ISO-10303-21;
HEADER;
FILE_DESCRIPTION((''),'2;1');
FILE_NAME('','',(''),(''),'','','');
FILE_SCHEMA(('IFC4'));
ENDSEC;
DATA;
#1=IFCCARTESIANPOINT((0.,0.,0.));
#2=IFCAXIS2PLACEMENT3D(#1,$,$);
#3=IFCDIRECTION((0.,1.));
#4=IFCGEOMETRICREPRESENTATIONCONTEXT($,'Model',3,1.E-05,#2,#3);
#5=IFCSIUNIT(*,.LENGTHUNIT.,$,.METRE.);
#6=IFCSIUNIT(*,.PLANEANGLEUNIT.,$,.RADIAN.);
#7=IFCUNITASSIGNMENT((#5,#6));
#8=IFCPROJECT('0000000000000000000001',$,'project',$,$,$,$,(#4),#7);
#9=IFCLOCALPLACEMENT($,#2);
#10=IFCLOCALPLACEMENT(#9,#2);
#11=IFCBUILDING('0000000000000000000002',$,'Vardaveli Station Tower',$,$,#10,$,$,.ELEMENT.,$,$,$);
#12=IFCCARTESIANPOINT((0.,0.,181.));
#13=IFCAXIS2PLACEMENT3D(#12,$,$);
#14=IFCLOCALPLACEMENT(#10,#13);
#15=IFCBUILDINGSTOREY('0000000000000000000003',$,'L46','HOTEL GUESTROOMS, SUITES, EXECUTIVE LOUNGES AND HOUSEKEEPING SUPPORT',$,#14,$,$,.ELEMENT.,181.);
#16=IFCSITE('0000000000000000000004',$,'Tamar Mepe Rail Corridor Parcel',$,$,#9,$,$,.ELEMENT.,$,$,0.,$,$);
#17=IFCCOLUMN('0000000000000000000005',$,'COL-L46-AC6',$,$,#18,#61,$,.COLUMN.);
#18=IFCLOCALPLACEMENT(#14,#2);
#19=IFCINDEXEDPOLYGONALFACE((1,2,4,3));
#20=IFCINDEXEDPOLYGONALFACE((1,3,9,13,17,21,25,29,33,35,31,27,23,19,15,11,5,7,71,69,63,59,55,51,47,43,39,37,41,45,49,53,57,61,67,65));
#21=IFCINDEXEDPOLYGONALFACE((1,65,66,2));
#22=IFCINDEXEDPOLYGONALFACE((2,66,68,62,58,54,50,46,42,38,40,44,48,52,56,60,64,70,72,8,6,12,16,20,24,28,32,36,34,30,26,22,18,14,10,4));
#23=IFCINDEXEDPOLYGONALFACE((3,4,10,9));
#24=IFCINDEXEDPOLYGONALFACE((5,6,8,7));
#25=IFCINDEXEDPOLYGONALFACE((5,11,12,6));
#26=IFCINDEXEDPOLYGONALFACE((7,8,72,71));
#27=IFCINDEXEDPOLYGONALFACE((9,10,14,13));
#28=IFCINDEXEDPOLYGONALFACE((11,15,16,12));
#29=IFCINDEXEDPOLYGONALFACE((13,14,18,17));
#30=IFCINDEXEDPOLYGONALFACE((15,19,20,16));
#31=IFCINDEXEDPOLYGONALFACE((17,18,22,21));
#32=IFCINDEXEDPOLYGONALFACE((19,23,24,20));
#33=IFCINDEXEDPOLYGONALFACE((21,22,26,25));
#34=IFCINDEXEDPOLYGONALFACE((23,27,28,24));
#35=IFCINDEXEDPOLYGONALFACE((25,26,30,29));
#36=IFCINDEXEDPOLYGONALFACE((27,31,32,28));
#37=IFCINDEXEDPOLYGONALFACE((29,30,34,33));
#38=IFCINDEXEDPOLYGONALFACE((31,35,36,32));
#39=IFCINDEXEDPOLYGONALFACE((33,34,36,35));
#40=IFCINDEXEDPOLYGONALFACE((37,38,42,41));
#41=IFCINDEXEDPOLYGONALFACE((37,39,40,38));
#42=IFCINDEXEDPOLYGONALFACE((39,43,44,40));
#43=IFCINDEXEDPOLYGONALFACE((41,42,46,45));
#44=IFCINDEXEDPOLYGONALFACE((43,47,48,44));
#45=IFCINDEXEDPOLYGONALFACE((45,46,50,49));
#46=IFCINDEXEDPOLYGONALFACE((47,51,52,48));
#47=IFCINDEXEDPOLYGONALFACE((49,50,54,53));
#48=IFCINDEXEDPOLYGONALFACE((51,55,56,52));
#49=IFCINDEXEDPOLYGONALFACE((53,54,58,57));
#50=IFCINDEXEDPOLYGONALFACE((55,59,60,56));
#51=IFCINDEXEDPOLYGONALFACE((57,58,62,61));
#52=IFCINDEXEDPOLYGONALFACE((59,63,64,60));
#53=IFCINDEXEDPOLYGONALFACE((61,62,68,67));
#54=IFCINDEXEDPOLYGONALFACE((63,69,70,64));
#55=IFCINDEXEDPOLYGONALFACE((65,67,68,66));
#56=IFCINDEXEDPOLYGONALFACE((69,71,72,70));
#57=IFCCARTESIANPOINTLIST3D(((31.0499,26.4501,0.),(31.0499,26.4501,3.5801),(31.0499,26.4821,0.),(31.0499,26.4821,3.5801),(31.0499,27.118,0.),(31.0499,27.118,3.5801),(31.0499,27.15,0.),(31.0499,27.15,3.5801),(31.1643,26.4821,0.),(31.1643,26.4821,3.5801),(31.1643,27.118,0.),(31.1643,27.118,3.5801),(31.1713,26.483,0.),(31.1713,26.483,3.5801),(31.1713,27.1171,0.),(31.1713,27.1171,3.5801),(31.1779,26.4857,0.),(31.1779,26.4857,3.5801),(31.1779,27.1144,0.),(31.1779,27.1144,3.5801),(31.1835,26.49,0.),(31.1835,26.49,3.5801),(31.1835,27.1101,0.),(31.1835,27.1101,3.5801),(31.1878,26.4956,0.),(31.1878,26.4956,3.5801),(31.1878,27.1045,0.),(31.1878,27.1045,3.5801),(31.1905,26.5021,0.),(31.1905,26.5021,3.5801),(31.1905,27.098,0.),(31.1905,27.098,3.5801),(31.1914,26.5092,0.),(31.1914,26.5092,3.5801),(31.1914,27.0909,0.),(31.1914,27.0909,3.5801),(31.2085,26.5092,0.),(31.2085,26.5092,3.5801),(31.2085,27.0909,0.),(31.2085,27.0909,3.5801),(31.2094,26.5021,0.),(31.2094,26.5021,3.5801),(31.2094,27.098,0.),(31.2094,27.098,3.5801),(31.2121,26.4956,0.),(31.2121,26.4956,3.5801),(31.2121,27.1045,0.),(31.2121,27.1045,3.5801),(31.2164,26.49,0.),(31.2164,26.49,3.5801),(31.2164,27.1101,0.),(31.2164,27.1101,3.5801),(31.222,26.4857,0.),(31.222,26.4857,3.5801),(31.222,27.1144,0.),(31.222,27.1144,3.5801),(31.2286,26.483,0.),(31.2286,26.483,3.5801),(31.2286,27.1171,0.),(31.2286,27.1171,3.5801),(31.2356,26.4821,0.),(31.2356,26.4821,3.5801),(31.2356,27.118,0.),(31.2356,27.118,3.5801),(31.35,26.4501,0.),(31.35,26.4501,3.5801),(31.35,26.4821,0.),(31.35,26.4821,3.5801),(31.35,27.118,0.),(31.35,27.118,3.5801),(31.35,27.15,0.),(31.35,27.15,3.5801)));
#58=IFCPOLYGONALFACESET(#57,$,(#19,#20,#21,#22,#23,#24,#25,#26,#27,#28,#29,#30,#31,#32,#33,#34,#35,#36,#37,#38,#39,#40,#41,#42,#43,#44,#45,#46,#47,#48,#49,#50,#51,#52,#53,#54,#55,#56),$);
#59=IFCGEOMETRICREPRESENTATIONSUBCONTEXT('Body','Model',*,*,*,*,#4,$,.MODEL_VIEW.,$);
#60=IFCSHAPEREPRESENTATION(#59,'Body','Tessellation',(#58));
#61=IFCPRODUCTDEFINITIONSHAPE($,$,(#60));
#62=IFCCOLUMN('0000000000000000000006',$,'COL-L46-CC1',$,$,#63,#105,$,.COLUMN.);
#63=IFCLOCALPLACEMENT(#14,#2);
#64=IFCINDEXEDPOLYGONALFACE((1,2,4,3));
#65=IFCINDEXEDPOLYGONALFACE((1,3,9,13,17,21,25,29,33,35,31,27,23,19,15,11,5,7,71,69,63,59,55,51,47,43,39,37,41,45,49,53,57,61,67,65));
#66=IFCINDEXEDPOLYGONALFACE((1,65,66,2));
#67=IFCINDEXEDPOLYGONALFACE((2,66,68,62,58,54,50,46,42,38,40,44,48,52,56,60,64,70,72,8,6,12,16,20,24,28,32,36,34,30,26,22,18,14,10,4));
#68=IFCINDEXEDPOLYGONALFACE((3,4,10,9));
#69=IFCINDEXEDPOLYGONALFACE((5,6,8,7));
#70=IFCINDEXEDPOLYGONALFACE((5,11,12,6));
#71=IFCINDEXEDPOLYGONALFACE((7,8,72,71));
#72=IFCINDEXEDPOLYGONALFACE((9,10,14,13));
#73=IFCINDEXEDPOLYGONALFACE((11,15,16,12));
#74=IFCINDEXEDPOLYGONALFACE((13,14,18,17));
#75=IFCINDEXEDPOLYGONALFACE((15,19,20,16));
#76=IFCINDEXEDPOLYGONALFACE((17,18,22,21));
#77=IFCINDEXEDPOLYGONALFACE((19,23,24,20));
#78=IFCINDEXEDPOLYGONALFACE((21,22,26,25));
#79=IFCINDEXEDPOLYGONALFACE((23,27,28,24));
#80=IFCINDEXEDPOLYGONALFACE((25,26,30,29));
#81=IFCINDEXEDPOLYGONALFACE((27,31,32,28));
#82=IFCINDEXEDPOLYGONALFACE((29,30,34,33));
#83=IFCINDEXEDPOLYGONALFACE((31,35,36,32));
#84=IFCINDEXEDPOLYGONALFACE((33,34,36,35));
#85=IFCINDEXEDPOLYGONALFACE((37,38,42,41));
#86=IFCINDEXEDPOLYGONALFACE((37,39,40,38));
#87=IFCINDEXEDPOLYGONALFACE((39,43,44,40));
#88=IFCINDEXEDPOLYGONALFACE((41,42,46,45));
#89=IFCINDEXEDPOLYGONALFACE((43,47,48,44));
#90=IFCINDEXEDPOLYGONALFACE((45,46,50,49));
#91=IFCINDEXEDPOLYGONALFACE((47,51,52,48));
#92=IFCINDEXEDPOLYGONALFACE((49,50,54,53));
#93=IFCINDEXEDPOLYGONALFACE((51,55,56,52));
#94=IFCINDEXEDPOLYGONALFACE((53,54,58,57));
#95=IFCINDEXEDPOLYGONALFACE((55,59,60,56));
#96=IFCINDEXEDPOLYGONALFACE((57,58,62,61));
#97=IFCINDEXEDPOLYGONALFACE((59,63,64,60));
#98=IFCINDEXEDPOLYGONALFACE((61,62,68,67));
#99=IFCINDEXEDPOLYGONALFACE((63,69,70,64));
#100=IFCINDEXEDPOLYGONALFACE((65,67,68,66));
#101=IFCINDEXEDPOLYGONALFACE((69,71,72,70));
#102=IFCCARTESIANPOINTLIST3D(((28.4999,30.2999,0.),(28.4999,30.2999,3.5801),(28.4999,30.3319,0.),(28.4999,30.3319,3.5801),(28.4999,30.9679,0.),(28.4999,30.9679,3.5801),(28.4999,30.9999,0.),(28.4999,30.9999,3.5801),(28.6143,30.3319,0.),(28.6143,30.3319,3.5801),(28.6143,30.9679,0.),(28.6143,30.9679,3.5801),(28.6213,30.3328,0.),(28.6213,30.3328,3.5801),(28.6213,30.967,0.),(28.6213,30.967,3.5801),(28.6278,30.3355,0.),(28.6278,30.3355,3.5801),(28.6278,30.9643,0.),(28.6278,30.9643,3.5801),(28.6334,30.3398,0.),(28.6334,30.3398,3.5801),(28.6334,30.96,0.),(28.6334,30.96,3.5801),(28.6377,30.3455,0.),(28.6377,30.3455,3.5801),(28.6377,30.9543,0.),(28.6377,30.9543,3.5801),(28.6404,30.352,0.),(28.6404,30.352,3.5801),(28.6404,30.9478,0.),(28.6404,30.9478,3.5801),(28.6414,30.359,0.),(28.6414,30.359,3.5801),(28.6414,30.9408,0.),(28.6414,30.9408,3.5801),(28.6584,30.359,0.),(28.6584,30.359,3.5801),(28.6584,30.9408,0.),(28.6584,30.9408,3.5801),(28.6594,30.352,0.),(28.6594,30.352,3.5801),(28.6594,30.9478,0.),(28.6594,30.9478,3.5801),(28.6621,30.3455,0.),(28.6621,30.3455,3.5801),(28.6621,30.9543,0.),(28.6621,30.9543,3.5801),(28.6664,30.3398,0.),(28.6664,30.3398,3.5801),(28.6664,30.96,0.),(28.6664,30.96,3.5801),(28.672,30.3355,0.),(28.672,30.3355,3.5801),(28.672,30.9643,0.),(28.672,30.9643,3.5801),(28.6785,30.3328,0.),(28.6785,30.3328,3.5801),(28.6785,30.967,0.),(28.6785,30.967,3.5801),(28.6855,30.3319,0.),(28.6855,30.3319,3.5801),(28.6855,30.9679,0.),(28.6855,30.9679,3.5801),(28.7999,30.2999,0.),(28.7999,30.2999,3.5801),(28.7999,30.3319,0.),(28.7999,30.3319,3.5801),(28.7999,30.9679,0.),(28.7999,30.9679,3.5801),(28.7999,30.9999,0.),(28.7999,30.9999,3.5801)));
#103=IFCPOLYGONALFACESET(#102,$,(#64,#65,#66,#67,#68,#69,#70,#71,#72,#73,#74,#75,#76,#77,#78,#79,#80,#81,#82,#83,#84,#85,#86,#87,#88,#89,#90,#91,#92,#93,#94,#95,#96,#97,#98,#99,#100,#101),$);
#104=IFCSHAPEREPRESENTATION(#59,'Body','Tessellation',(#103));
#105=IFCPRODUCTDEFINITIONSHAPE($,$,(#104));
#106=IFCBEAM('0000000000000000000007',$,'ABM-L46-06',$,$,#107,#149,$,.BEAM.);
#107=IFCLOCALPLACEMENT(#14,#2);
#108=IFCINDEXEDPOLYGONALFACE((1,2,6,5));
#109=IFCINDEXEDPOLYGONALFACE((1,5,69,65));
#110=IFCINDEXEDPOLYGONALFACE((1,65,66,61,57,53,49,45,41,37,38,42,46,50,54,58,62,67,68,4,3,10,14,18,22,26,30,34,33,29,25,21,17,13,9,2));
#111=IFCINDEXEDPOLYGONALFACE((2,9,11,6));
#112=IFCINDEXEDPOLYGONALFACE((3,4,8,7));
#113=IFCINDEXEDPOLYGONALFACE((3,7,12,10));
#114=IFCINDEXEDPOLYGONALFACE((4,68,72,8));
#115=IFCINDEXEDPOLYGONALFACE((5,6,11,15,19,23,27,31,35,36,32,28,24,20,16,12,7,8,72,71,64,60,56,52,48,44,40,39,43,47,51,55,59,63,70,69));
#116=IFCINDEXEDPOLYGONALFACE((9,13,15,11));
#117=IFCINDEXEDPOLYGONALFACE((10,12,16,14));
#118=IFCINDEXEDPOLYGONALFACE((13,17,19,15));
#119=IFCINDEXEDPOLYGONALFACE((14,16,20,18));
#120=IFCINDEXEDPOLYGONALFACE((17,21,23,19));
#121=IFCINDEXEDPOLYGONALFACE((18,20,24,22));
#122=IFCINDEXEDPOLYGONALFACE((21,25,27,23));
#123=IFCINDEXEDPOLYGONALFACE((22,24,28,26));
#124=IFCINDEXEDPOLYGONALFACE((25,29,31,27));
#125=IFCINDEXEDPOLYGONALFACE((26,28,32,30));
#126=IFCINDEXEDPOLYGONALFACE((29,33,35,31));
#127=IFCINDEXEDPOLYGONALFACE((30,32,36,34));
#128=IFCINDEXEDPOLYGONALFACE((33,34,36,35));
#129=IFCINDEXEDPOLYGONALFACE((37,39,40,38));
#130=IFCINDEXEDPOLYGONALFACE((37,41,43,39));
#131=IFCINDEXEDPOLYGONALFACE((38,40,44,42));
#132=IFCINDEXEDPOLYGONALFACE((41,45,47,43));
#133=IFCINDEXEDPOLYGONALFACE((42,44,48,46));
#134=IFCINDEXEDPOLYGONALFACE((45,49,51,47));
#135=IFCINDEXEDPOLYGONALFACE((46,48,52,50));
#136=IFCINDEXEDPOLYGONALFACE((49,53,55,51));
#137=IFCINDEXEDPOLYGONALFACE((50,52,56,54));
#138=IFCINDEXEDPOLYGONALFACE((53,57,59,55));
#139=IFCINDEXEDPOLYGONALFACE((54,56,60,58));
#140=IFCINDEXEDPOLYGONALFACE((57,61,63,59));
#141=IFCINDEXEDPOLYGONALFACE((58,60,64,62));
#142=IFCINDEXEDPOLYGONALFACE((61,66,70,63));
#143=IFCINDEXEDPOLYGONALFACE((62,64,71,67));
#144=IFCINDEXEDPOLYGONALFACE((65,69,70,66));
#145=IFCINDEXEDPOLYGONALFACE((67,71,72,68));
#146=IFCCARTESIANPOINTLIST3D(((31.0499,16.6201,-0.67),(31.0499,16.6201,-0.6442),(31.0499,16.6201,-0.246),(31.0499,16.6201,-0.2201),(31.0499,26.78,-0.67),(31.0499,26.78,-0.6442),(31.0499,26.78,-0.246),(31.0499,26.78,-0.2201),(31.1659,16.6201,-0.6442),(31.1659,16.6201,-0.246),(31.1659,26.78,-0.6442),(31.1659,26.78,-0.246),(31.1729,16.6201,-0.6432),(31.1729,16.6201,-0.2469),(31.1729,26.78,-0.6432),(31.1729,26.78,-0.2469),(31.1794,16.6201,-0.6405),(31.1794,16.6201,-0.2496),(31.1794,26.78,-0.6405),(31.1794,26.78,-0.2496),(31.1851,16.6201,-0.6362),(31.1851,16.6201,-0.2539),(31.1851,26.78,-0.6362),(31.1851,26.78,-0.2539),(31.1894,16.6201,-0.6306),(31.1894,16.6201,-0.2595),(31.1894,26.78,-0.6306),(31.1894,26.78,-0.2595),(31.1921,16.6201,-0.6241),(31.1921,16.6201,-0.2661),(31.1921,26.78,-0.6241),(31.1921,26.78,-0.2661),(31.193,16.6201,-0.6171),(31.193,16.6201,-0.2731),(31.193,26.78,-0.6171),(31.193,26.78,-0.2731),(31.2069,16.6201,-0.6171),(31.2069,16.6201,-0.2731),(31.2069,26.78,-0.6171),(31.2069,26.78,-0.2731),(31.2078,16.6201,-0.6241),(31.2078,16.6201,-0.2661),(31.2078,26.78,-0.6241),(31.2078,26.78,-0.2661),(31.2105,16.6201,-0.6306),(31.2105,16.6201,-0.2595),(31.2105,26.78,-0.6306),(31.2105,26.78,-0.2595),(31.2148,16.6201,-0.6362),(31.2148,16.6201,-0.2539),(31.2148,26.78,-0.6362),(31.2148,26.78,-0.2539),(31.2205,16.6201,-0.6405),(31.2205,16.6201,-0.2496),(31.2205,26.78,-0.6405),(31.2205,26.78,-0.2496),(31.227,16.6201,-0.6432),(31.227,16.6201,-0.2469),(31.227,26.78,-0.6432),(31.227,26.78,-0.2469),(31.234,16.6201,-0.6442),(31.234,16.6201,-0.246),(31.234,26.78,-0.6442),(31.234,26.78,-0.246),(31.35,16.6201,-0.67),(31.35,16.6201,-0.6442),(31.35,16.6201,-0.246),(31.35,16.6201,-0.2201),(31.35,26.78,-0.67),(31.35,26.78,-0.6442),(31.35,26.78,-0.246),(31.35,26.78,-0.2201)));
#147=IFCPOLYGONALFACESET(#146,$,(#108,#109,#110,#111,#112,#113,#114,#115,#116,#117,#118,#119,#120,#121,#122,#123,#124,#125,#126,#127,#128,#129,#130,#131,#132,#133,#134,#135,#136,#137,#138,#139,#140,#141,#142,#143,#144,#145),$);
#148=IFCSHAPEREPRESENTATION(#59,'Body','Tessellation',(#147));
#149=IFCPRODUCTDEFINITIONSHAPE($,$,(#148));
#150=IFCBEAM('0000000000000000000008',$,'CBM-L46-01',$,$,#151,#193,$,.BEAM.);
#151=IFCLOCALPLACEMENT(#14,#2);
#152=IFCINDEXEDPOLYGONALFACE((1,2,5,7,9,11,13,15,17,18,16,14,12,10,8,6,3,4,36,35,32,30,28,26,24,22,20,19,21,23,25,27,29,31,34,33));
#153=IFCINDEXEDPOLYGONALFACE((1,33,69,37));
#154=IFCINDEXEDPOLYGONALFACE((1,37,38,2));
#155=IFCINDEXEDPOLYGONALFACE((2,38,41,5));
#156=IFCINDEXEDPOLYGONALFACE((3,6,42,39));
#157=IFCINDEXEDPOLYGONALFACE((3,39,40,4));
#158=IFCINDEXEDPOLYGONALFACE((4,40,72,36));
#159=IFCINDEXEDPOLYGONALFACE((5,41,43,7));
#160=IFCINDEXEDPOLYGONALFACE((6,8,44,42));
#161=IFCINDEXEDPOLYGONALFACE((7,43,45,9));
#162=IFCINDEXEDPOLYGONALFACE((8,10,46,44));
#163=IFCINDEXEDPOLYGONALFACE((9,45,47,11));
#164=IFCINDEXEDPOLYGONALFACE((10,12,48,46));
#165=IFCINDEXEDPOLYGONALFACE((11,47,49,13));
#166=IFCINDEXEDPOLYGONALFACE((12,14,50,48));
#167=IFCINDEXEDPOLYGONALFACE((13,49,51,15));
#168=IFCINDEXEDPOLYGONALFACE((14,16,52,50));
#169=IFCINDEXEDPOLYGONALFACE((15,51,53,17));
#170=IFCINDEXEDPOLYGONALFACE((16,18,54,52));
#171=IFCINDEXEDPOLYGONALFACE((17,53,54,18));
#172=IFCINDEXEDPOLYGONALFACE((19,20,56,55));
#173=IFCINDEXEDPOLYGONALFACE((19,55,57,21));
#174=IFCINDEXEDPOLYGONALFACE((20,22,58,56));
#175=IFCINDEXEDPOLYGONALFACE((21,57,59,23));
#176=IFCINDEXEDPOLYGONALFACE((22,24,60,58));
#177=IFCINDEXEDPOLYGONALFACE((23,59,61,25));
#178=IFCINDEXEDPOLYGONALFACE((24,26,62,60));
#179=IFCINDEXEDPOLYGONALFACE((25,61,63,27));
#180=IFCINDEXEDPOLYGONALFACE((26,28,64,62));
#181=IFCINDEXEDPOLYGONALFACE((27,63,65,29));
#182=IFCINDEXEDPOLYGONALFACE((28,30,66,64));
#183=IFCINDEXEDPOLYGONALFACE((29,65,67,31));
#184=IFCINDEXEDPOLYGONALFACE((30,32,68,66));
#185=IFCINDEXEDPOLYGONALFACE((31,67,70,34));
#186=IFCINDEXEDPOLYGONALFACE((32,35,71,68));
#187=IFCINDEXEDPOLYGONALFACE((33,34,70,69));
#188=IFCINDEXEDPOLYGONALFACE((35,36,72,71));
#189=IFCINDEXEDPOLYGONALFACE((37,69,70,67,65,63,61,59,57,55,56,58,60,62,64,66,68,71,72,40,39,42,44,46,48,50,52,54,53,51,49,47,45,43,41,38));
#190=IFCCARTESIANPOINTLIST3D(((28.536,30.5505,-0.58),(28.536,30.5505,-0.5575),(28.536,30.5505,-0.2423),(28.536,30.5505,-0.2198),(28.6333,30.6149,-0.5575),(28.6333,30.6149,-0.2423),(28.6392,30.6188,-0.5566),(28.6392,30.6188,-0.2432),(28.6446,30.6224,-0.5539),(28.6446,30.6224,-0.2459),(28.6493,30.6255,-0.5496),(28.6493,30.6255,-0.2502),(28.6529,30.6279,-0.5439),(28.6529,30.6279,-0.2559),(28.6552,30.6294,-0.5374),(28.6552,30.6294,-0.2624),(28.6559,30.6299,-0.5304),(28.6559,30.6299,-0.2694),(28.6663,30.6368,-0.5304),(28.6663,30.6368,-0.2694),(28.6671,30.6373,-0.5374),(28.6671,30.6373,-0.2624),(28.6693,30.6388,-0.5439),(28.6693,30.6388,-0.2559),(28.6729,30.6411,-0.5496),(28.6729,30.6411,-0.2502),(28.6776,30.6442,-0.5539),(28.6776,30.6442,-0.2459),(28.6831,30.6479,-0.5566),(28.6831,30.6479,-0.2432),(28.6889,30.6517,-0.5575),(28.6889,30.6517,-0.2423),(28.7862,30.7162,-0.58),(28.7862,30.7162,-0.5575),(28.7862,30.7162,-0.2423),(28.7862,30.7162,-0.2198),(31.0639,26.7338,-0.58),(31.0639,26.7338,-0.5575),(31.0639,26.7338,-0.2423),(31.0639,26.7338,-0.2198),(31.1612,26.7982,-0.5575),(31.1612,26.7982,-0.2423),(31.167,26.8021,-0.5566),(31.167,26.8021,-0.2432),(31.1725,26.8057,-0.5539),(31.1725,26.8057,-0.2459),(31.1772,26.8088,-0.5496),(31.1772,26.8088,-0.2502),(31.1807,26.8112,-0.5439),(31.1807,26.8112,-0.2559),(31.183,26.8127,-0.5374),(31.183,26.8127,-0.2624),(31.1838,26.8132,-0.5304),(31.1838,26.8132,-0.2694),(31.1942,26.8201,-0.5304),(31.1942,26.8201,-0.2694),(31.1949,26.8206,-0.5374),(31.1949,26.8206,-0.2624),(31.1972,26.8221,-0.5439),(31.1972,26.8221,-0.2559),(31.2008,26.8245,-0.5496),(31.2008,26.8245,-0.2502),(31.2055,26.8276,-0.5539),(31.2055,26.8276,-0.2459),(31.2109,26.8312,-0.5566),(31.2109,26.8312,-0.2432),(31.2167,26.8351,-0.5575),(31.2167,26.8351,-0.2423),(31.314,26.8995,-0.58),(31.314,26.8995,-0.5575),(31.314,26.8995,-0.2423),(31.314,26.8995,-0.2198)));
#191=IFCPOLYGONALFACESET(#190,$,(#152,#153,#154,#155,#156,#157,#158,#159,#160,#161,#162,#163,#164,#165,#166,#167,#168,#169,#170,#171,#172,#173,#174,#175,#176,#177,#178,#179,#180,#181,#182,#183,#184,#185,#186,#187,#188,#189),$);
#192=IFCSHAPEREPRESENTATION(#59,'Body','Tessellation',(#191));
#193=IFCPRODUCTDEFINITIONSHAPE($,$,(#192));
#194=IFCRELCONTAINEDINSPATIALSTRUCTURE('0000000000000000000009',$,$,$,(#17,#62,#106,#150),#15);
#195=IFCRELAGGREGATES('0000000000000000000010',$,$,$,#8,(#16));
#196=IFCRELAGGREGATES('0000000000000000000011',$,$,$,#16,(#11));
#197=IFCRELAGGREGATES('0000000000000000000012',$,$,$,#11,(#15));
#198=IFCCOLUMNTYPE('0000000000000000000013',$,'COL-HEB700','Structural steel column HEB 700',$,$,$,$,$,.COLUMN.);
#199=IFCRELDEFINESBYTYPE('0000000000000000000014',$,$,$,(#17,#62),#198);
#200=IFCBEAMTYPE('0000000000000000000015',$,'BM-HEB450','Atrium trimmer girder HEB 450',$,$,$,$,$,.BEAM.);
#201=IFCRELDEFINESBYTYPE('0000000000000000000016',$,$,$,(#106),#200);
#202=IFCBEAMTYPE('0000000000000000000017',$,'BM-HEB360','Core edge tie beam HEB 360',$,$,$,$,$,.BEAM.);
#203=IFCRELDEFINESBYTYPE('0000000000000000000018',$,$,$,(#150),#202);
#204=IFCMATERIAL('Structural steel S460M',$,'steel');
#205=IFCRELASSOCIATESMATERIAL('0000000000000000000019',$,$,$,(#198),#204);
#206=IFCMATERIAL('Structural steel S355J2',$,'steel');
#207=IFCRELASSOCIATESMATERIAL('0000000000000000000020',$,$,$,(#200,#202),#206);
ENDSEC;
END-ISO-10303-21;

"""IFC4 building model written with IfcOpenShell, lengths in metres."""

from ifc_helpers import new_model, si_unit, direction, frame, origin, origin_2d, place, context, subcontext, project, spatial, i_section, extrude, source, transform, mapped, material, material_profile, profile_set, type_object, element, save


model = new_model("IFC4")

# Units and contexts
model_context = context("Model", 3, precision=1e-05, world=origin(), true_north=direction((0.0, 1.0)))
body_context = subcontext(model_context, "Body", "Model", "MODEL_VIEW")
ifc_project = project(units=[si_unit("LENGTHUNIT", "METRE"), si_unit("PLANEANGLEUNIT", "RADIAN")], contexts=[model_context])

# Site, building, storey
site_placement = place(None, origin())
site = spatial("IfcSite", under=ifc_project, at=site_placement, Name="Tamar Mepe Rail Corridor Parcel", CompositionType="ELEMENT", RefElevation=0.0)
building_placement = place(site_placement, origin())
building = spatial("IfcBuilding", under=site, at=building_placement, Name="Vardaveli Station Tower", CompositionType="ELEMENT")
storey_placement = place(building_placement, frame((0.0, 0.0, 181.0)))
storey = spatial("IfcBuildingStorey", under=building, at=storey_placement, Name="L46", Description="HOTEL GUESTROOMS, SUITES, EXECUTIVE LOUNGES AND HOUSEKEEPING SUPPORT", CompositionType="ELEMENT", Elevation=181.0)

# Columns
ifc_material_1 = material(Name="Structural steel S460M", Category="steel")
ifc_material_profile_1 = material_profile(ifc_material_1, i_section(OverallWidth=0.3, OverallDepth=0.7, WebThickness=0.0171, FlangeThickness=0.032, FilletRadius=0.0271, at=origin_2d()), Name="HEB 700")
ifc_profile_set_1 = profile_set([ifc_material_profile_1], Name="Structural steel S460M")
column_type = type_object("IfcColumnType", Name="COL-HEB700", Description="Structural steel column HEB 700", PredefinedType="COLUMN", material=ifc_profile_set_1)
shared_shape_1 = source(origin(), body_context, "Body", "SweptSolid", [
    extrude(i_section(OverallWidth=0.3, OverallDepth=0.7, WebThickness=0.0171, FlangeThickness=0.032, FilletRadius=0.0271, at=origin_2d()), origin(), (0.0, 0.0, 1.0), 3.5801),
])
for number, where, z_axis, x_axis, name in (
    (1, (31.2, 26.8, 0.0), (0.0, 0.0, 1.0), (1.0, 0.0, 0.0), "COL-L46-AC6"),
    (2, (28.6499, 30.6499, 0.0), (0.0, 0.0, 1.0), (1.0, 0.0, 0.0), "COL-L46-CC1"),
):
    element("IfcColumn", number, at=place(storey_placement, frame(where, z_axis=z_axis, x_axis=x_axis)), inside=storey, type_object=column_type, Name=name, PredefinedType="COLUMN", context=body_context, shape_type="MappedRepresentation", body=[
        mapped(shared_shape_1, transform((0.0, 0.0, 0.0), scale=1.0)),
    ])

# Beams
ifc_material_2 = material(Name="Structural steel S355J2", Category="steel")
ifc_material_profile_2 = material_profile(ifc_material_2, i_section(OverallWidth=0.3, OverallDepth=0.45, WebThickness=0.0139, FlangeThickness=0.0259, FilletRadius=0.0271, at=origin_2d()), Name="HEB 450")
ifc_profile_set_2 = profile_set([ifc_material_profile_2], Name="Structural steel S355J2")
beam_type_1 = type_object("IfcBeamType", Name="BM-HEB450", Description="Atrium trimmer girder HEB 450", PredefinedType="BEAM", material=ifc_profile_set_2)
shared_shape_2 = source(origin(), body_context, "Body", "SweptSolid", [
    extrude(i_section(OverallWidth=0.3, OverallDepth=0.45, WebThickness=0.0139, FlangeThickness=0.0259, FilletRadius=0.0271, at=origin_2d()), origin(), (0.0, 0.0, 1.0), 10.1599),
])
beam_1_placement = place(storey_placement, frame((31.2, 26.78, -0.4451), z_axis=(0.0, -1.0, 0.0), x_axis=(1.0, 0.0, 0.0)))
element("IfcBeam", 3, at=beam_1_placement, inside=storey, type_object=beam_type_1, Name="ABM-L46-06", PredefinedType="BEAM", context=body_context, shape_type="MappedRepresentation", body=[
    mapped(shared_shape_2, transform((0.0, 0.0, 0.0), scale=1.0)),
])
ifc_material_profile_3 = material_profile(ifc_material_2, i_section(OverallWidth=0.3, OverallDepth=0.3601, WebThickness=0.0125, FlangeThickness=0.0225, FilletRadius=0.0271, at=origin_2d()), Name="HEB 360")
ifc_profile_set_3 = profile_set([ifc_material_profile_3], Name="Structural steel S355J2")
beam_type_2 = type_object("IfcBeamType", Name="BM-HEB360", Description="Core edge tie beam HEB 360", PredefinedType="BEAM", material=ifc_profile_set_3)
shared_shape_3 = source(origin(), body_context, "Body", "SweptSolid", [
    extrude(i_section(OverallWidth=0.3, OverallDepth=0.3601, WebThickness=0.0125, FlangeThickness=0.0225, FilletRadius=0.0271, at=origin_2d()), origin(), (0.0, 0.0, 1.0), 4.5779),
])
beam_2_placement = place(storey_placement, frame((31.189, 26.8167, -0.3999), z_axis=(-0.552187, 0.83372, 0.0), x_axis=(-0.83372, -0.552187, 0.0)))
element("IfcBeam", 4, at=beam_2_placement, inside=storey, type_object=beam_type_2, Name="CBM-L46-01", PredefinedType="BEAM", context=body_context, shape_type="MappedRepresentation", body=[
    mapped(shared_shape_3, transform((0.0, 0.0, 0.0), scale=1.0)),
])

save(model, "model.ifc")
